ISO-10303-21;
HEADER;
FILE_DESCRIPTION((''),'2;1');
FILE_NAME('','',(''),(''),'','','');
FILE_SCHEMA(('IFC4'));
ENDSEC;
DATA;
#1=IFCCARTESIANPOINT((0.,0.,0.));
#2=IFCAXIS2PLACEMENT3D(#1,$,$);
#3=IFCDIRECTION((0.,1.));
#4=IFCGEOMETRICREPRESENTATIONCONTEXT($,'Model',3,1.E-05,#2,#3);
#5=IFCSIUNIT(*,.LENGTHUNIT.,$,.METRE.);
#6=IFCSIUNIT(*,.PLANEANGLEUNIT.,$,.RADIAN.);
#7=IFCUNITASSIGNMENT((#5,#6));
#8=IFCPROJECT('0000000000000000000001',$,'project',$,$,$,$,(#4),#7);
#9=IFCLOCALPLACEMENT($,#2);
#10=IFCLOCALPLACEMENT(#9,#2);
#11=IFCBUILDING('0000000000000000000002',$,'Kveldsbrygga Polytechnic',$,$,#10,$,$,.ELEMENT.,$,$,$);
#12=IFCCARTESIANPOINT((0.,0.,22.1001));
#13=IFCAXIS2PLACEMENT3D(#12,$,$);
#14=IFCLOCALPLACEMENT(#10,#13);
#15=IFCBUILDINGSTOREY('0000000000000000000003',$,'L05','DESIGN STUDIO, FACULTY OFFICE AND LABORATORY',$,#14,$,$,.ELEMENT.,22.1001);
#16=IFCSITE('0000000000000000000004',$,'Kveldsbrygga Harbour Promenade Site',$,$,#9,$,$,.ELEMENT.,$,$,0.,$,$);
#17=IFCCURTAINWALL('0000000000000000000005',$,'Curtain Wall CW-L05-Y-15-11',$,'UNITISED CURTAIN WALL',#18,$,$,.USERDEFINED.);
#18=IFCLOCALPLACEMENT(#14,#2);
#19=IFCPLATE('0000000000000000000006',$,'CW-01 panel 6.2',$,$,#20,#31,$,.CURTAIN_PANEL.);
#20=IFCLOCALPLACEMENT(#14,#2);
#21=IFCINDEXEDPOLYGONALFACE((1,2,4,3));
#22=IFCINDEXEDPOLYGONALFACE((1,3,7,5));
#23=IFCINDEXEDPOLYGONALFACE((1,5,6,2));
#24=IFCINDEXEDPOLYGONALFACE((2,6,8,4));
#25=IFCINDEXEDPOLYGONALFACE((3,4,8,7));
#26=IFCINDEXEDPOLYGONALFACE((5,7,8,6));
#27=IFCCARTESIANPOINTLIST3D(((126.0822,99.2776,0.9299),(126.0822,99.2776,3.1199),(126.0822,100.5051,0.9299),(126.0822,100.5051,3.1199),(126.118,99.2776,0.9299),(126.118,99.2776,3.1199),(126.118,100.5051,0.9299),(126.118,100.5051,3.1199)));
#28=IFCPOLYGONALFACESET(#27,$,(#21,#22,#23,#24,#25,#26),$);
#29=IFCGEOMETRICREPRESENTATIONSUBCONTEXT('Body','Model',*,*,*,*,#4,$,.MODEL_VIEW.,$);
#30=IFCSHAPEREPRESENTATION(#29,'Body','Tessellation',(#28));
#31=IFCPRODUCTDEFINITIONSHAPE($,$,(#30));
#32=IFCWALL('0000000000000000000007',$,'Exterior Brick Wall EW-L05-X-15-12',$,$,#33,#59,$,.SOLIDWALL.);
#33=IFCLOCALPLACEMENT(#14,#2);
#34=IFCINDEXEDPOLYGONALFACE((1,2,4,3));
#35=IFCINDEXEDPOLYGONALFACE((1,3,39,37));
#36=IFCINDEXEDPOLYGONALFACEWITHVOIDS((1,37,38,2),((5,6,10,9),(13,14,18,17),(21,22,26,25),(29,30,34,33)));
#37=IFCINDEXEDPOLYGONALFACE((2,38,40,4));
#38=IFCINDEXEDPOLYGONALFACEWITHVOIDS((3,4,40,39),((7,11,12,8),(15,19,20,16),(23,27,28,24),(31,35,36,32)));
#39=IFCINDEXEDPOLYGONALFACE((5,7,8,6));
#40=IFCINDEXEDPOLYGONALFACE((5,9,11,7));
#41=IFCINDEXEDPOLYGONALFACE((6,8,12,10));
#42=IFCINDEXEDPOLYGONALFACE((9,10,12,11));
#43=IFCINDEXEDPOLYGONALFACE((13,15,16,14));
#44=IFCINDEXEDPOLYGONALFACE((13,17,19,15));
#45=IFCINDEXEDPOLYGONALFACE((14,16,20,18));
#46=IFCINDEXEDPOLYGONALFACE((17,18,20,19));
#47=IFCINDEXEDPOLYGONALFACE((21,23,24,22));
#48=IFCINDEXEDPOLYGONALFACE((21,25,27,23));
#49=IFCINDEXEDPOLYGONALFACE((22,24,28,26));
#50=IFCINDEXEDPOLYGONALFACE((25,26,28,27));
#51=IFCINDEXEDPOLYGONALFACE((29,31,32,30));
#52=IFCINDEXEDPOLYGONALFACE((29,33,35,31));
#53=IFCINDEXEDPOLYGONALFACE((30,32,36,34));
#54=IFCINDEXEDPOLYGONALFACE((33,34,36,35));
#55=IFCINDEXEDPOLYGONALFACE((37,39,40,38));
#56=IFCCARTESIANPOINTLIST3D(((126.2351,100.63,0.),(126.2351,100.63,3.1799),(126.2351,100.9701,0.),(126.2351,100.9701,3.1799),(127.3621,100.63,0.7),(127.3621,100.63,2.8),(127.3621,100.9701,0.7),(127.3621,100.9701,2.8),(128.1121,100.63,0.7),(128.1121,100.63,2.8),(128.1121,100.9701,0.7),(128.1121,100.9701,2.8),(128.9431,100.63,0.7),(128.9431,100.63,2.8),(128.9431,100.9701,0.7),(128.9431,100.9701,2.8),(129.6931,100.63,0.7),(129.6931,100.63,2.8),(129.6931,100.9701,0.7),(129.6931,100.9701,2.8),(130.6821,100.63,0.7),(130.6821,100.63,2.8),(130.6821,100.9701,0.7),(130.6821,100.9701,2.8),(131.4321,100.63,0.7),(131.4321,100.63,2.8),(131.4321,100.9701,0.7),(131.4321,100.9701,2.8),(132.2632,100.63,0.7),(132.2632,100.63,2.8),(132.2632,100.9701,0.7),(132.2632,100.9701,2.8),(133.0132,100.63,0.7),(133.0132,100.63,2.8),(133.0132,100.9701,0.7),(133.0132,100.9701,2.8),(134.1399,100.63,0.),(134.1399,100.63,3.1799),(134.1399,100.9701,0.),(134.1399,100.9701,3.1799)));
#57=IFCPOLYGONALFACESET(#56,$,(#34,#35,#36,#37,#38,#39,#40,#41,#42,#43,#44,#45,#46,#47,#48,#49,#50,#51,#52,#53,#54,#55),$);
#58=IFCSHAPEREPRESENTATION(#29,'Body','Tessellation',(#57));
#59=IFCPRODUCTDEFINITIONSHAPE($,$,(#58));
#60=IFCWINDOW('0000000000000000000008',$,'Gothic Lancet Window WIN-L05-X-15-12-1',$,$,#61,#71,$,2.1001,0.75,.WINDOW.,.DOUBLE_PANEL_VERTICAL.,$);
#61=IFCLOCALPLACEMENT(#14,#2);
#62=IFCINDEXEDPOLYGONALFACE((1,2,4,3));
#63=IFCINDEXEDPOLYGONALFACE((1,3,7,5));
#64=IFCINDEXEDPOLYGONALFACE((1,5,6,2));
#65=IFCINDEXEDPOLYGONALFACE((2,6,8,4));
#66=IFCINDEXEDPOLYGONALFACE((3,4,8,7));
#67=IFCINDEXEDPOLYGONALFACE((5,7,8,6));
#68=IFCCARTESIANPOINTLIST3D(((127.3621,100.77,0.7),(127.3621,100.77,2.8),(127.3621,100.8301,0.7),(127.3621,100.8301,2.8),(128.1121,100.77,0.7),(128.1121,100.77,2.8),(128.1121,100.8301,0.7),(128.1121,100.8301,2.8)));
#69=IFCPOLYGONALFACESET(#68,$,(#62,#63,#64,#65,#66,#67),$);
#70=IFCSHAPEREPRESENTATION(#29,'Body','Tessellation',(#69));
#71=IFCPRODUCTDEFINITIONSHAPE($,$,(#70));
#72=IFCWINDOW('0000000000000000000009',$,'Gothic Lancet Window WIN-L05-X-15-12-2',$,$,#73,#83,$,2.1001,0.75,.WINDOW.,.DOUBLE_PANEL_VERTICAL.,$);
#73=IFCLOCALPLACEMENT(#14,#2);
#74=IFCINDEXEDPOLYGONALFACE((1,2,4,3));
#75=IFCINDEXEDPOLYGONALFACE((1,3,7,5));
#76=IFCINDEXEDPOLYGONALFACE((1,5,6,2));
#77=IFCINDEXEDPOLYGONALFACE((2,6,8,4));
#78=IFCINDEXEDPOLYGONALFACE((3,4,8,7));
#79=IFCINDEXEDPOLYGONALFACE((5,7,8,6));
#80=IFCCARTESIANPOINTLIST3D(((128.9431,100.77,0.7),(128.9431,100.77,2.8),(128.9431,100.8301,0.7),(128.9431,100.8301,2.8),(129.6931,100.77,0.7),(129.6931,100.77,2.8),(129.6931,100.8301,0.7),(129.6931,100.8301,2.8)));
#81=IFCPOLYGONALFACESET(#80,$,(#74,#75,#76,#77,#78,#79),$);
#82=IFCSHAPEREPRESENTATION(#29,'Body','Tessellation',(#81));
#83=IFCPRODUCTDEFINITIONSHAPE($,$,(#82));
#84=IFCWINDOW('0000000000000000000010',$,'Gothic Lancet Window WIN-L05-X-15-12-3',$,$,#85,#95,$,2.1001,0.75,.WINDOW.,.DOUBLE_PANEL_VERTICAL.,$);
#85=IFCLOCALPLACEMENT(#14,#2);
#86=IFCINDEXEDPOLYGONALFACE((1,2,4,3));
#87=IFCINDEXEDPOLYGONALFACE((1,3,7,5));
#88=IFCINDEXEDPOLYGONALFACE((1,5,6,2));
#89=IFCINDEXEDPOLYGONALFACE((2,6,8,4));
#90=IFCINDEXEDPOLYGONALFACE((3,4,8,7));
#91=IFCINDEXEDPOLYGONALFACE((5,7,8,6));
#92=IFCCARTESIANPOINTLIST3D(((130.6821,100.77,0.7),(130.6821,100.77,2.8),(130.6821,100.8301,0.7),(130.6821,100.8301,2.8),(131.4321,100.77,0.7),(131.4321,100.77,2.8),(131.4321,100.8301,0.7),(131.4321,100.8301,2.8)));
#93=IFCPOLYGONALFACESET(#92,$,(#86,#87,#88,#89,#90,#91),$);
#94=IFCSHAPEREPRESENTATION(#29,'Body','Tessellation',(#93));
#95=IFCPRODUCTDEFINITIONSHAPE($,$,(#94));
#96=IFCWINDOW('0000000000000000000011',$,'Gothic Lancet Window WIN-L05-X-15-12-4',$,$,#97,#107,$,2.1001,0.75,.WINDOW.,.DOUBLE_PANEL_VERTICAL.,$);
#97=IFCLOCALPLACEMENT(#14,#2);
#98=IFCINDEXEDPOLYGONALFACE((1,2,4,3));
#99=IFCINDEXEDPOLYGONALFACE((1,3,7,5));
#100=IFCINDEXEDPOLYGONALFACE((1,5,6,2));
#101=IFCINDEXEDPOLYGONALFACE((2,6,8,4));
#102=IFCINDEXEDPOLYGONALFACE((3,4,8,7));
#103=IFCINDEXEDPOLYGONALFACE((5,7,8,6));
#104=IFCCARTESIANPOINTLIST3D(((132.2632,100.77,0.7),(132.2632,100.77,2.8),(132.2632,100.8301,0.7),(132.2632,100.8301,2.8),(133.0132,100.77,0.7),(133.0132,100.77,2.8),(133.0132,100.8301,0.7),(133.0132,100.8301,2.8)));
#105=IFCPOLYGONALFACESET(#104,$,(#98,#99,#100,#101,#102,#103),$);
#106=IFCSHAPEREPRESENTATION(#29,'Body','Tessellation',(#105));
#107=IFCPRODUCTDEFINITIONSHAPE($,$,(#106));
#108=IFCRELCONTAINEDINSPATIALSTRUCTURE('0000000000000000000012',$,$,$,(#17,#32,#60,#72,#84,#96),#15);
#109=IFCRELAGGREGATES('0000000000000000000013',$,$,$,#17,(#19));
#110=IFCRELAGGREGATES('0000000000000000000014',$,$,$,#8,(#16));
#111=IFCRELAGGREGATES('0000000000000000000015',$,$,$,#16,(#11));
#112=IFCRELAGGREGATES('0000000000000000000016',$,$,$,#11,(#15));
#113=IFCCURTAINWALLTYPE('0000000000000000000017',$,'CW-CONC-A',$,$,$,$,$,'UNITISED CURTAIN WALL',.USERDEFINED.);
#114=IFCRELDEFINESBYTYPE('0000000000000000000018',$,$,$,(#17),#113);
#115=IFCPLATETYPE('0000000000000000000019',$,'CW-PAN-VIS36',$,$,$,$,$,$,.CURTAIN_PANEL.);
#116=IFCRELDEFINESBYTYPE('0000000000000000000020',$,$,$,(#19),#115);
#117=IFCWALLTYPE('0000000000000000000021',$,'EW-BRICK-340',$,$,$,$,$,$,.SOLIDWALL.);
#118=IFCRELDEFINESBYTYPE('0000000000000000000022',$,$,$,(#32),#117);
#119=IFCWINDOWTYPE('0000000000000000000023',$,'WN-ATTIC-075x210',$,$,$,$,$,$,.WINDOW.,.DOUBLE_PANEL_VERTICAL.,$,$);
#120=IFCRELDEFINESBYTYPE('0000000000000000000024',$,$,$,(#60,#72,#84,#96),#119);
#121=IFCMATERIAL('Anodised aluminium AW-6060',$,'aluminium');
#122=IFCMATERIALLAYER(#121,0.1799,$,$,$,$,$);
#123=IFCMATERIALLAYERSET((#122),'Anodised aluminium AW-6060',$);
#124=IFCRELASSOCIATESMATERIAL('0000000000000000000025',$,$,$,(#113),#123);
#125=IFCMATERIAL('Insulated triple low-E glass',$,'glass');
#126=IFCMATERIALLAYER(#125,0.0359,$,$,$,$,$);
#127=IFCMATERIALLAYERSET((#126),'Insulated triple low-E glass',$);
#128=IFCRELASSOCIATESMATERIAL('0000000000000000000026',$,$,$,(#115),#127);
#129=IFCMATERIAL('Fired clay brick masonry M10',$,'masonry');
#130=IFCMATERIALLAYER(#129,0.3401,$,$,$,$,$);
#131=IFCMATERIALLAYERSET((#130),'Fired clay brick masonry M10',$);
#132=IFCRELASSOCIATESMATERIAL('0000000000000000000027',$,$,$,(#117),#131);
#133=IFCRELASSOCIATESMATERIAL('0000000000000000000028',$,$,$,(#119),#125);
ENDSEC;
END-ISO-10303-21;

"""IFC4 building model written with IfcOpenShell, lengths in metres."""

from ifc_helpers import new_model, si_unit, direction, frame, frame_2d, origin, origin_2d, place, context, subcontext, project, spatial, rectangle, extrude, material, layer, layer_set, type_object, element, fill, aggregate, save


model = new_model("IFC4")

# Units and contexts
model_context = context("Model", 3, precision=1e-05, world=origin(), true_north=direction((0.0, 1.0)))
body_context = subcontext(model_context, "Body", "Model", "MODEL_VIEW")
ifc_project = project(units=[si_unit("LENGTHUNIT", "METRE"), si_unit("PLANEANGLEUNIT", "RADIAN")], contexts=[model_context])

# Site, building, storey
site_placement = place(None, origin())
site = spatial("IfcSite", under=ifc_project, at=site_placement, Name="Kveldsbrygga Harbour Promenade Site", CompositionType="ELEMENT", RefElevation=0.0)
building_placement = place(site_placement, origin())
building = spatial("IfcBuilding", under=site, at=building_placement, Name="Kveldsbrygga Polytechnic", CompositionType="ELEMENT")
storey_placement = place(building_placement, frame((0.0, 0.0, 22.1001)))
storey = spatial("IfcBuildingStorey", under=building, at=storey_placement, Name="L05", Description="DESIGN STUDIO, FACULTY OFFICE AND LABORATORY", CompositionType="ELEMENT", Elevation=22.1001)

# Curtain wall
ifc_material_1 = material(Name="Anodised aluminium AW-6060", Category="aluminium")
ifc_layer_1 = layer(ifc_material_1, 0.1799)
ifc_layer_set_1 = layer_set([ifc_layer_1], Name="Anodised aluminium AW-6060")
curtain_wall_type = type_object("IfcCurtainWallType", Name="CW-CONC-A", ElementType="UNITISED CURTAIN WALL", PredefinedType="USERDEFINED", material=ifc_layer_set_1)
curtain_wall_placement = place(storey_placement, origin())
curtain_wall = element("IfcCurtainWall", 1, at=curtain_wall_placement, inside=storey, type_object=curtain_wall_type, Name="Curtain Wall CW-L05-Y-15-11", ObjectType="UNITISED CURTAIN WALL", PredefinedType="USERDEFINED")

# Plate
ifc_material_2 = material(Name="Insulated triple low-E glass", Category="glass")
ifc_layer_2 = layer(ifc_material_2, 0.0359)
ifc_layer_set_2 = layer_set([ifc_layer_2], Name="Insulated triple low-E glass")
plate_type = type_object("IfcPlateType", Name="CW-PAN-VIS36", PredefinedType="CURTAIN_PANEL", material=ifc_layer_set_2)
plate_1_placement = place(storey_placement, frame((126.1001, 99.8914, 0.9299), z_axis=(0.0, 0.0, 1.0), x_axis=(0.0, 1.0, 0.0)))
plate_1 = element("IfcPlate", 2, at=plate_1_placement, type_object=plate_type, Name="CW-01 panel 6.2", PredefinedType="CURTAIN_PANEL", context=body_context, shape_type="SweptSolid", body=[
    extrude(rectangle(XDim=1.2275, YDim=0.0359, at=origin_2d()), origin(), (0.0, 0.0, 1.0), 2.1899),
])
aggregate(curtain_wall, [plate_1])

# Wall, openings, windows
ifc_material_3 = material(Name="Fired clay brick masonry M10", Category="masonry")
ifc_layer_3 = layer(ifc_material_3, 0.3401)
ifc_layer_set_3 = layer_set([ifc_layer_3], Name="Fired clay brick masonry M10")
wall_type = type_object("IfcWallType", Name="EW-BRICK-340", PredefinedType="SOLIDWALL", material=ifc_layer_set_3)
wall_placement = place(storey_placement, frame((126.2351, 100.8, 0.0), z_axis=(0.0, 0.0, 1.0), x_axis=(1.0, 0.0, 0.0)))
wall = element("IfcWall", 3, at=wall_placement, inside=storey, type_object=wall_type, Name="Exterior Brick Wall EW-L05-X-15-12", PredefinedType="SOLIDWALL", context=body_context, shape_type="SweptSolid", body=[
    extrude(rectangle(XDim=7.9048, YDim=0.3401, at=frame_2d((3.9524, 0.0))), origin(), (0.0, 0.0, 1.0), 3.1799),
])
opening_1_placement = place(wall_placement, frame((1.127, 0.0, 0.7)))
opening_1 = element("IfcOpeningElement", 4, at=opening_1_placement, cuts=wall, PredefinedType="OPENING", context=body_context, shape_type="SweptSolid", body=[
    extrude(rectangle(XDim=0.75, YDim=2.1001, at=frame_2d((0.375, 1.05))), frame((0.0, 0.1802, 0.0), z_axis=(0.0, -1.0, 0.0), x_axis=(1.0, 0.0, 0.0)), (0.0, 0.0, 1.0), 0.3601),
])
opening_2_placement = place(wall_placement, frame((2.708, 0.0, 0.7)))
opening_2 = element("IfcOpeningElement", 5, at=opening_2_placement, cuts=wall, PredefinedType="OPENING", context=body_context, shape_type="SweptSolid", body=[
    extrude(rectangle(XDim=0.75, YDim=2.1001, at=frame_2d((0.375, 1.05))), frame((0.0, 0.1802, 0.0), z_axis=(0.0, -1.0, 0.0), x_axis=(1.0, 0.0, 0.0)), (0.0, 0.0, 1.0), 0.3601),
])
opening_3_placement = place(wall_placement, frame((4.447, 0.0, 0.7)))
opening_3 = element("IfcOpeningElement", 6, at=opening_3_placement, cuts=wall, PredefinedType="OPENING", context=body_context, shape_type="SweptSolid", body=[
    extrude(rectangle(XDim=0.75, YDim=2.1001, at=frame_2d((0.375, 1.05))), frame((0.0, 0.1802, 0.0), z_axis=(0.0, -1.0, 0.0), x_axis=(1.0, 0.0, 0.0)), (0.0, 0.0, 1.0), 0.3601),
])
opening_4_placement = place(wall_placement, frame((6.0281, 0.0, 0.7)))
opening_4 = element("IfcOpeningElement", 7, at=opening_4_placement, cuts=wall, PredefinedType="OPENING", context=body_context, shape_type="SweptSolid", body=[
    extrude(rectangle(XDim=0.75, YDim=2.1001, at=frame_2d((0.375, 1.05))), frame((0.0, 0.1802, 0.0), z_axis=(0.0, -1.0, 0.0), x_axis=(1.0, 0.0, 0.0)), (0.0, 0.0, 1.0), 0.3601),
])
window_type = type_object("IfcWindowType", Name="WN-ATTIC-075x210", PartitioningType="DOUBLE_PANEL_VERTICAL", PredefinedType="WINDOW", material=ifc_material_2)
window_1_placement = place(opening_1_placement, origin())
window_1 = element("IfcWindow", 8, at=window_1_placement, inside=storey, type_object=window_type, Name="Gothic Lancet Window WIN-L05-X-15-12-1", OverallHeight=2.1001, OverallWidth=0.75, PartitioningType="DOUBLE_PANEL_VERTICAL", PredefinedType="WINDOW", context=body_context, shape_type="SweptSolid", body=[
    extrude(rectangle(XDim=0.75, YDim=2.1001, at=frame_2d((0.375, 1.05))), frame((0.0, 0.03, 0.0), z_axis=(0.0, -1.0, 0.0), x_axis=(1.0, 0.0, 0.0)), (0.0, 0.0, 1.0), 0.0601),
])
fill(opening_1, window_1)
window_2_placement = place(opening_2_placement, origin())
window_2 = element("IfcWindow", 9, at=window_2_placement, inside=storey, type_object=window_type, Name="Gothic Lancet Window WIN-L05-X-15-12-2", OverallHeight=2.1001, OverallWidth=0.75, PartitioningType="DOUBLE_PANEL_VERTICAL", PredefinedType="WINDOW", context=body_context, shape_type="SweptSolid", body=[
    extrude(rectangle(XDim=0.75, YDim=2.1001, at=frame_2d((0.375, 1.05))), frame((0.0, 0.03, 0.0), z_axis=(0.0, -1.0, 0.0), x_axis=(1.0, 0.0, 0.0)), (0.0, 0.0, 1.0), 0.0601),
])
fill(opening_2, window_2)
window_3_placement = place(opening_3_placement, origin())
window_3 = element("IfcWindow", 10, at=window_3_placement, inside=storey, type_object=window_type, Name="Gothic Lancet Window WIN-L05-X-15-12-3", OverallHeight=2.1001, OverallWidth=0.75, PartitioningType="DOUBLE_PANEL_VERTICAL", PredefinedType="WINDOW", context=body_context, shape_type="SweptSolid", body=[
    extrude(rectangle(XDim=0.75, YDim=2.1001, at=frame_2d((0.375, 1.05))), frame((0.0, 0.03, 0.0), z_axis=(0.0, -1.0, 0.0), x_axis=(1.0, 0.0, 0.0)), (0.0, 0.0, 1.0), 0.0601),
])
fill(opening_3, window_3)
window_4_placement = place(opening_4_placement, origin())
window_4 = element("IfcWindow", 11, at=window_4_placement, inside=storey, type_object=window_type, Name="Gothic Lancet Window WIN-L05-X-15-12-4", OverallHeight=2.1001, OverallWidth=0.75, PartitioningType="DOUBLE_PANEL_VERTICAL", PredefinedType="WINDOW", context=body_context, shape_type="SweptSolid", body=[
    extrude(rectangle(XDim=0.75, YDim=2.1001, at=frame_2d((0.375, 1.05))), frame((0.0, 0.03, 0.0), z_axis=(0.0, -1.0, 0.0), x_axis=(1.0, 0.0, 0.0)), (0.0, 0.0, 1.0), 0.0601),
])
fill(opening_4, window_4)

save(model, "model.ifc")
